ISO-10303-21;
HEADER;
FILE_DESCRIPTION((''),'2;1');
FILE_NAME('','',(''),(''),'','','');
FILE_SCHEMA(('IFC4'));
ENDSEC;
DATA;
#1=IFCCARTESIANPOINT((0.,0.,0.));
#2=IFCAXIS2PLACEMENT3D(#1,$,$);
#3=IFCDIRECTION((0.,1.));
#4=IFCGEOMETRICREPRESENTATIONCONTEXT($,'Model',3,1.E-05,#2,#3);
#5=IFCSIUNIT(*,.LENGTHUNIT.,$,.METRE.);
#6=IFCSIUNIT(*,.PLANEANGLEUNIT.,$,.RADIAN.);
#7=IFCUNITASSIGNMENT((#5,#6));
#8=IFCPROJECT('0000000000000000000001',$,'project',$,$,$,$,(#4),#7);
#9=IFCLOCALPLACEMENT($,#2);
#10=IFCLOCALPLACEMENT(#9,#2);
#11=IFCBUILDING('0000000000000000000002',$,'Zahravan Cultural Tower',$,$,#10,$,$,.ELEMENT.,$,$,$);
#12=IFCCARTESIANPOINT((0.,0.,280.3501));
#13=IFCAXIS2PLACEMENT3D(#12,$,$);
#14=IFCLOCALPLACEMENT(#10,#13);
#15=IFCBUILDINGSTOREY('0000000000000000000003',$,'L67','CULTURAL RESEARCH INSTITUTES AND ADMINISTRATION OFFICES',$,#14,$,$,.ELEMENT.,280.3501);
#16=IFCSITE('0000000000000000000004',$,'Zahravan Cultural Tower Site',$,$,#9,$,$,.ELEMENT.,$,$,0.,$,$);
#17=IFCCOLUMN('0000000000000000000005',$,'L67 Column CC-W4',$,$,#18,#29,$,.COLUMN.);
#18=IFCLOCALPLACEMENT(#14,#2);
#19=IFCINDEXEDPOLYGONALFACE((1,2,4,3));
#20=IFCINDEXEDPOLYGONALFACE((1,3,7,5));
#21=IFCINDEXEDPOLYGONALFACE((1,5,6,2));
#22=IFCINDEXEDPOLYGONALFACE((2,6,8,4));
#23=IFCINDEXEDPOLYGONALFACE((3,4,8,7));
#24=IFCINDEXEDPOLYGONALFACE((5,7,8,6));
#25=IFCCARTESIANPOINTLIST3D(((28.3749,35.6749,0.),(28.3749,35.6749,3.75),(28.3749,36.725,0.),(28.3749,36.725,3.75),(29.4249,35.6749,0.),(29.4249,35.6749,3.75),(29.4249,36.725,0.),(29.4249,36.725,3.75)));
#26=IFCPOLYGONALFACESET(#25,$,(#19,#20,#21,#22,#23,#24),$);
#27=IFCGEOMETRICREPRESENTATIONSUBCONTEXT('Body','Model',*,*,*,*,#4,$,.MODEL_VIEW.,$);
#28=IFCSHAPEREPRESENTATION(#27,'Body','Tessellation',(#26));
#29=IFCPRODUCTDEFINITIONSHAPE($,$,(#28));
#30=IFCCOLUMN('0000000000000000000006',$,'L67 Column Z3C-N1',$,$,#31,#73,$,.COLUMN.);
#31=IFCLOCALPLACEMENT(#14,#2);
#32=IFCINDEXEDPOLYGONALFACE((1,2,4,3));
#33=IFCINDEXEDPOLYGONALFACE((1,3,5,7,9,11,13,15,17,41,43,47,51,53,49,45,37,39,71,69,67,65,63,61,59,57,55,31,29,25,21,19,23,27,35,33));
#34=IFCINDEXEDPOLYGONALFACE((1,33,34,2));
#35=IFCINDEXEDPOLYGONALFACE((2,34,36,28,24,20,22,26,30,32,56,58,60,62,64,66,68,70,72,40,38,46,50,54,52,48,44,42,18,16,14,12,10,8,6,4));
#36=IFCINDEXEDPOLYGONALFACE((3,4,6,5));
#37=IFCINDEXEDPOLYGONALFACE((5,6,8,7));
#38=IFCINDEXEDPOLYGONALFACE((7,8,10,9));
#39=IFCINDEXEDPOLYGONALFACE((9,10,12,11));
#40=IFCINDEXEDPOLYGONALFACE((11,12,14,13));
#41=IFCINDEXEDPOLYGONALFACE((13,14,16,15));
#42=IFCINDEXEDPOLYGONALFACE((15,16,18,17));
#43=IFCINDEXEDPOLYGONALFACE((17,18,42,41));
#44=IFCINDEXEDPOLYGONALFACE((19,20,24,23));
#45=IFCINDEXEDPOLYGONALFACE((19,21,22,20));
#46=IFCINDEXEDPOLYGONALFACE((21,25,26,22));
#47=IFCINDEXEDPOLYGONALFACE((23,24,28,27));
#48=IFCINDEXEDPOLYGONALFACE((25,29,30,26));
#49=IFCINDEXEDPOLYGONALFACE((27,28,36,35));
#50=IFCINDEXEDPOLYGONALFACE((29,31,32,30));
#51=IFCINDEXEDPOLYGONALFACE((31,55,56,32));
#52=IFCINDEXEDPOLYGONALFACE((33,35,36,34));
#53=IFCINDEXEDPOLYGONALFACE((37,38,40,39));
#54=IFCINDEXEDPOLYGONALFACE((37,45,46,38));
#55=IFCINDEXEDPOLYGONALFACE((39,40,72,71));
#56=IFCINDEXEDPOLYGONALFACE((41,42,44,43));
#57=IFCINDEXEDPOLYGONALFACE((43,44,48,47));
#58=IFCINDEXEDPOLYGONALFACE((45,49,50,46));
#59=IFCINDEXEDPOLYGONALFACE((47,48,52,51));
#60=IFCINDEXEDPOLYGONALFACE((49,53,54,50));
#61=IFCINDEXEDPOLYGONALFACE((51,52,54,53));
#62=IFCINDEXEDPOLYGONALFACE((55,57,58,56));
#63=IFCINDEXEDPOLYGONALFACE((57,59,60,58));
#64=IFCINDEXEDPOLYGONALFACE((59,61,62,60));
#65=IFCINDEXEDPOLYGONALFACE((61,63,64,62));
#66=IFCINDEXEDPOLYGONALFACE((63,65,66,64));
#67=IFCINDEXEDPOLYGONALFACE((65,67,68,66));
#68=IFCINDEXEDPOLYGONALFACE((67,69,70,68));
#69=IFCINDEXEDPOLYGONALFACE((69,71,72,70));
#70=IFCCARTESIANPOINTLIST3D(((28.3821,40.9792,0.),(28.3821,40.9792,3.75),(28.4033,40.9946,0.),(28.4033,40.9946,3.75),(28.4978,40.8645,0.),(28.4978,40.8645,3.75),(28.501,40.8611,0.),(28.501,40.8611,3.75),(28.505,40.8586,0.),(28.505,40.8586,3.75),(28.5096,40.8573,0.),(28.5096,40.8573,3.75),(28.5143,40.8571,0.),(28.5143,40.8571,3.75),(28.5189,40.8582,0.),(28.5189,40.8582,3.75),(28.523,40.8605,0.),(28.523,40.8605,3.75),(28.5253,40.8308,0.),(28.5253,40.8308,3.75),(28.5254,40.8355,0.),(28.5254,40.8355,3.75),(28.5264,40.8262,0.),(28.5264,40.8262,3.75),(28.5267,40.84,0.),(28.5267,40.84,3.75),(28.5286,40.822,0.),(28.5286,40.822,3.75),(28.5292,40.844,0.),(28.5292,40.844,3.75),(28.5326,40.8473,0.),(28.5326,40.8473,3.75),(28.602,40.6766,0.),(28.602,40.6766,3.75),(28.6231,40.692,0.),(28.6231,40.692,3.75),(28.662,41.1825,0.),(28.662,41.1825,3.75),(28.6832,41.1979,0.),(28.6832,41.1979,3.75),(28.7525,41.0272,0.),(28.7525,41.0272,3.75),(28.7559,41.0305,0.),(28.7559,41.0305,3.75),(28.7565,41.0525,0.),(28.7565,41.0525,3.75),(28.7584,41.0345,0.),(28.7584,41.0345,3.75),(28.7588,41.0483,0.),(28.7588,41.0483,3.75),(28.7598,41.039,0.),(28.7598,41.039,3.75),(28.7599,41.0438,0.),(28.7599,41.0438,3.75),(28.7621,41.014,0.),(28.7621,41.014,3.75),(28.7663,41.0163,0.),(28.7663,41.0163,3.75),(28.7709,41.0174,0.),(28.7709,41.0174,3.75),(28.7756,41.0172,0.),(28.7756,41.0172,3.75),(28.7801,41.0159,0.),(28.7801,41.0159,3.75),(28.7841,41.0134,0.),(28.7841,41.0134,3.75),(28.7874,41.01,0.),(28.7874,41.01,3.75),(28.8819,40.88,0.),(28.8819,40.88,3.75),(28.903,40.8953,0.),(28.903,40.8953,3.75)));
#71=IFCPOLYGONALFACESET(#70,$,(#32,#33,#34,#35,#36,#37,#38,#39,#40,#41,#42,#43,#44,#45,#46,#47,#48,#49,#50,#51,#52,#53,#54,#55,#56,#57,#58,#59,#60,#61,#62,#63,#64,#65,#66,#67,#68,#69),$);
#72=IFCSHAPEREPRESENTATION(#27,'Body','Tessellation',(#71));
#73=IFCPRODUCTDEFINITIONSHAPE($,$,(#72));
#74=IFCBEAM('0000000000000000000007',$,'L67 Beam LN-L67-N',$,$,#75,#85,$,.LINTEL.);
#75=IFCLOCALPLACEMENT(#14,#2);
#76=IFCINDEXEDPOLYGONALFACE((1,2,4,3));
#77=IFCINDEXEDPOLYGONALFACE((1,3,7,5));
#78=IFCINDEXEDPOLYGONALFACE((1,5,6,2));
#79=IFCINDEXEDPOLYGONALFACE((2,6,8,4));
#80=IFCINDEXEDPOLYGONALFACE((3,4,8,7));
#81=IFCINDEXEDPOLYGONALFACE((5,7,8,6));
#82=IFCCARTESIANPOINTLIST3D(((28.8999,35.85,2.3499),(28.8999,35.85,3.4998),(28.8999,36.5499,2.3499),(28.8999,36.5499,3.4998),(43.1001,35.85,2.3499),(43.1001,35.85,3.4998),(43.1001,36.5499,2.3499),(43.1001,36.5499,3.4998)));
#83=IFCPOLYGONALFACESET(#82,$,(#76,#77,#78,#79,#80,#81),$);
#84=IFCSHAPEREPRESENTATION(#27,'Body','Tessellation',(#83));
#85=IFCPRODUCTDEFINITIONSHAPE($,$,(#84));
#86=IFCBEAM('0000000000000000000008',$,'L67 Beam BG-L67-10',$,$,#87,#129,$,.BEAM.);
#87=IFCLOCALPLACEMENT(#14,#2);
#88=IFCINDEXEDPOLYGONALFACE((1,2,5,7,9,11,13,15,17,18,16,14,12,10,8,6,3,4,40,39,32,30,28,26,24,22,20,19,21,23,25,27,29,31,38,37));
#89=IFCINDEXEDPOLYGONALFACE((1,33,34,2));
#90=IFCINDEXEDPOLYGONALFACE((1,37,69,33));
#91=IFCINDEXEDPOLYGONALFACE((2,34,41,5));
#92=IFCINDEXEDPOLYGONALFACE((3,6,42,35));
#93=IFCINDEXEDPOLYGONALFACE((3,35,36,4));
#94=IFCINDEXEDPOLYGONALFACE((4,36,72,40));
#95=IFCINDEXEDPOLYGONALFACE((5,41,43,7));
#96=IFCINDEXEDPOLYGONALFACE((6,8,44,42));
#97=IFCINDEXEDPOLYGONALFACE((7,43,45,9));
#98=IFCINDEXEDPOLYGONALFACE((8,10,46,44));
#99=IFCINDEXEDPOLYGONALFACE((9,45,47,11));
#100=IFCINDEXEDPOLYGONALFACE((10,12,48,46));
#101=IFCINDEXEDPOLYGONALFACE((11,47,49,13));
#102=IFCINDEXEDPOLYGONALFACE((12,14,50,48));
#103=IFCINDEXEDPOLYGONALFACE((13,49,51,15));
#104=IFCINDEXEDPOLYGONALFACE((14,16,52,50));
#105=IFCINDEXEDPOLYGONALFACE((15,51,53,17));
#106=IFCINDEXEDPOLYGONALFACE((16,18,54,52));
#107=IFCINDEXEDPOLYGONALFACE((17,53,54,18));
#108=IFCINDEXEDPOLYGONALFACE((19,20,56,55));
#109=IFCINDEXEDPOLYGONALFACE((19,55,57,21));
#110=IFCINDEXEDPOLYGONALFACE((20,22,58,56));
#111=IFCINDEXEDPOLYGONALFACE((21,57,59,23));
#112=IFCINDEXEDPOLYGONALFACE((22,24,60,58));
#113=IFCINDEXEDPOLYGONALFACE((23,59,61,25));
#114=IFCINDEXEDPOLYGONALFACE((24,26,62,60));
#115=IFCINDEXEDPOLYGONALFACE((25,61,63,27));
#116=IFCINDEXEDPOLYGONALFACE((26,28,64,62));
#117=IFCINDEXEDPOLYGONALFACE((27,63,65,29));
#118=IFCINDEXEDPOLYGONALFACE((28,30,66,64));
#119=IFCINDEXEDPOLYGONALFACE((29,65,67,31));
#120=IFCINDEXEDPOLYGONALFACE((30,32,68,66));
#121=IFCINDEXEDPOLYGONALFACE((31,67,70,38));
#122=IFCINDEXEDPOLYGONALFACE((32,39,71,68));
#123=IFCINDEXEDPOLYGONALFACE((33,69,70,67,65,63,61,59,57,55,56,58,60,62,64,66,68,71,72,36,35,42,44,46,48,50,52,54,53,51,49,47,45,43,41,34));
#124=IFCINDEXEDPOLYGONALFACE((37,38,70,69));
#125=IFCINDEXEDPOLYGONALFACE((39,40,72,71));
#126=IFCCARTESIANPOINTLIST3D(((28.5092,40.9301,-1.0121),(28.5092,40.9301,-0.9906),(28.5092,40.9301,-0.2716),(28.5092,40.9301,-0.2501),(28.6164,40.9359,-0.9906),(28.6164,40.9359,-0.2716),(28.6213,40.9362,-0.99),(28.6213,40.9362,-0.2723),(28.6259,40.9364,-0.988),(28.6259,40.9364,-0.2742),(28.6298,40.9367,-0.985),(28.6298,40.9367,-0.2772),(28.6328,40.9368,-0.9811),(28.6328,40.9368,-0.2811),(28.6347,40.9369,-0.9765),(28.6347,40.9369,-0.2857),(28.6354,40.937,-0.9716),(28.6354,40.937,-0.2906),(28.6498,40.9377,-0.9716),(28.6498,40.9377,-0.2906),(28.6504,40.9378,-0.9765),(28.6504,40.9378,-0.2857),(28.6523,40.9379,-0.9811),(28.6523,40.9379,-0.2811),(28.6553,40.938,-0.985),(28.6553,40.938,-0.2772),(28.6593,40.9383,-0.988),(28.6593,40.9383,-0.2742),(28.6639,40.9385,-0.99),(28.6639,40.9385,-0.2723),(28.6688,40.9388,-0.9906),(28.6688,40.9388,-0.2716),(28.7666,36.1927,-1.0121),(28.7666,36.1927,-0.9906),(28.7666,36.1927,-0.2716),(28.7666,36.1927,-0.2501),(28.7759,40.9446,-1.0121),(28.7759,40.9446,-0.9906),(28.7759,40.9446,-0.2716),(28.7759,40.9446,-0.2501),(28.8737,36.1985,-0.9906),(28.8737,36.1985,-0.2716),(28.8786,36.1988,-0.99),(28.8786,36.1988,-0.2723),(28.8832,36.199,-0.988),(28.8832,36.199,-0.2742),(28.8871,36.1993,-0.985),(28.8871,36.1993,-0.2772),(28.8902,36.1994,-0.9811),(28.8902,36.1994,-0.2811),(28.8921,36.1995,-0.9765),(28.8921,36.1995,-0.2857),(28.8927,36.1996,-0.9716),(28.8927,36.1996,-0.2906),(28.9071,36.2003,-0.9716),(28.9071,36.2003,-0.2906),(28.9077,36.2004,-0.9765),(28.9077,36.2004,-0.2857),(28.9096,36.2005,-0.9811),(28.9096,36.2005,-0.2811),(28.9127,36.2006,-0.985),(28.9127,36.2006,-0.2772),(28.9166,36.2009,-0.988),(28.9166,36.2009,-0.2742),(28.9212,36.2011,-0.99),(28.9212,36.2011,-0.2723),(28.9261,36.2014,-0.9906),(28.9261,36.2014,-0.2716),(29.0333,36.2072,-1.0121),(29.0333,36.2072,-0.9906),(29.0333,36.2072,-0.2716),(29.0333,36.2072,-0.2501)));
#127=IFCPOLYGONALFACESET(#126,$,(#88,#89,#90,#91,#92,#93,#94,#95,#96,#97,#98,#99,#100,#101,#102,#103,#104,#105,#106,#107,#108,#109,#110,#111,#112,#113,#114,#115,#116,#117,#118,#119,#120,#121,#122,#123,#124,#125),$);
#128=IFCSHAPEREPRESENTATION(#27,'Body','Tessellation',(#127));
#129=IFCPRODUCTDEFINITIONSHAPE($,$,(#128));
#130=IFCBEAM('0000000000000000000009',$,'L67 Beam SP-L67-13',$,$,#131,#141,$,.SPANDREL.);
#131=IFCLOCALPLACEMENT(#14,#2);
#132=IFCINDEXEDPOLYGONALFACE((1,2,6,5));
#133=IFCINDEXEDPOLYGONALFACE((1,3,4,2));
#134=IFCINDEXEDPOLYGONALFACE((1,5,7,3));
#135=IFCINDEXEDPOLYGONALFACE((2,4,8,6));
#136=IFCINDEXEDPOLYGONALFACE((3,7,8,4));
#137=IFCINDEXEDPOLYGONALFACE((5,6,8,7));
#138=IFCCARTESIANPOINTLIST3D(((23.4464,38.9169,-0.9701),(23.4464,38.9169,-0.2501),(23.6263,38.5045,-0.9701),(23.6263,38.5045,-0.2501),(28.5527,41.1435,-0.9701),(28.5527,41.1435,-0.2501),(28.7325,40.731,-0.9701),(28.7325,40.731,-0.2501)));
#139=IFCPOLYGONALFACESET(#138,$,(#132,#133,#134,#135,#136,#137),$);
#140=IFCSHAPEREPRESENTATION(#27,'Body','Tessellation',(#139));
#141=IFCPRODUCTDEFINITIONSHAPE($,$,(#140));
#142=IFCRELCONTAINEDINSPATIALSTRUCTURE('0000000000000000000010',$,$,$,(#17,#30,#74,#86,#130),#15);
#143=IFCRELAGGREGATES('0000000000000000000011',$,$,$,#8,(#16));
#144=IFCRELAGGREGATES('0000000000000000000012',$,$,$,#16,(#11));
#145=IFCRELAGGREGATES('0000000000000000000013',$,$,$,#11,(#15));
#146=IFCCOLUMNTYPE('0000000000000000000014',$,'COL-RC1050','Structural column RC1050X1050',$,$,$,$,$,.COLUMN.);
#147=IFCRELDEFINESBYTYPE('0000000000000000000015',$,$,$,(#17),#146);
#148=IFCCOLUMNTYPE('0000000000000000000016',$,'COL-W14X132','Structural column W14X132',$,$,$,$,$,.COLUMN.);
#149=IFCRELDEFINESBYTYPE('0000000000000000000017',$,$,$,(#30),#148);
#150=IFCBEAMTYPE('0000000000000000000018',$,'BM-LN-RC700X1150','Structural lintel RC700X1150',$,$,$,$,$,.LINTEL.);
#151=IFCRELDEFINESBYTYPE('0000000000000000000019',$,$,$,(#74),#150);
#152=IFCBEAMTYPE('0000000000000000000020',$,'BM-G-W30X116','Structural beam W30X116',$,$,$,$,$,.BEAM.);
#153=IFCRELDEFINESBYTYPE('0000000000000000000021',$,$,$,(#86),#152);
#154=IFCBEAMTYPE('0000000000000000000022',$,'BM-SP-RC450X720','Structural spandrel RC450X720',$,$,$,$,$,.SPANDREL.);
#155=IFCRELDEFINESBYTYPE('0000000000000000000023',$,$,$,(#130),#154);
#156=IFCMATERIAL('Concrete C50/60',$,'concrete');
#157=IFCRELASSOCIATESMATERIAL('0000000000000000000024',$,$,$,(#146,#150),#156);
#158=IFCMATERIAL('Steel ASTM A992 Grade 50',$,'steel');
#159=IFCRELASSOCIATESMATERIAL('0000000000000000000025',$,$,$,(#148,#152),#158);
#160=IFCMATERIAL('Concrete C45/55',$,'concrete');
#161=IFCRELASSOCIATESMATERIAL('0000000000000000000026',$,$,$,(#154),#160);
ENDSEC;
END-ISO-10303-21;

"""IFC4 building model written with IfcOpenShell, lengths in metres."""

from ifc_helpers import new_model, si_unit, direction, frame, origin, origin_2d, place, context, subcontext, project, spatial, rectangle, i_section, extrude, source, transform, mapped, material, material_profile, profile_set, type_object, element, save


model = new_model("IFC4")

# Units and contexts
model_context = context("Model", 3, precision=1e-05, world=origin(), true_north=direction((0.0, 1.0)))
body_context = subcontext(model_context, "Body", "Model", "MODEL_VIEW")
ifc_project = project(units=[si_unit("LENGTHUNIT", "METRE"), si_unit("PLANEANGLEUNIT", "RADIAN")], contexts=[model_context])

# Site, building, storey
site_placement = place(None, origin())
site = spatial("IfcSite", under=ifc_project, at=site_placement, Name="Zahravan Cultural Tower Site", CompositionType="ELEMENT", RefElevation=0.0)
building_placement = place(site_placement, origin())
building = spatial("IfcBuilding", under=site, at=building_placement, Name="Zahravan Cultural Tower", CompositionType="ELEMENT")
storey_placement = place(building_placement, frame((0.0, 0.0, 280.3501)))
storey = spatial("IfcBuildingStorey", under=building, at=storey_placement, Name="L67", Description="CULTURAL RESEARCH INSTITUTES AND ADMINISTRATION OFFICES", CompositionType="ELEMENT", Elevation=280.3501)

# Columns
ifc_material_1 = material(Name="Concrete C50/60", Category="concrete")
ifc_material_profile_1 = material_profile(ifc_material_1, rectangle(XDim=1.05, YDim=1.05, at=origin_2d()), Name="RC1050X1050")
ifc_profile_set_1 = profile_set([ifc_material_profile_1], Name="Concrete C50/60")
column_type_1 = type_object("IfcColumnType", Name="COL-RC1050", Description="Structural column RC1050X1050", PredefinedType="COLUMN", material=ifc_profile_set_1)
shared_shape_1 = source(origin(), body_context, "Body", "SweptSolid", [
    extrude(rectangle(XDim=1.05, YDim=1.05, at=origin_2d()), origin(), (0.0, 0.0, 1.0), 3.75),
])
column_1_placement = place(storey_placement, frame((28.8999, 36.2, 0.0), z_axis=(0.0, 0.0, 1.0), x_axis=(1.0, 0.0, 0.0)))
element("IfcColumn", 1, at=column_1_placement, inside=storey, type_object=column_type_1, Name="L67 Column CC-W4", PredefinedType="COLUMN", context=body_context, shape_type="MappedRepresentation", body=[
    mapped(shared_shape_1, transform((0.0, 0.0, 0.0), x_axis=(1.0, 0.0, 0.0), y_axis=(0.0, 1.0, 0.0), z_axis=(0.0, 0.0, 1.0), scale=1.0)),
])
ifc_material_2 = material(Name="Steel ASTM A992 Grade 50", Category="steel")
ifc_material_profile_2 = material_profile(ifc_material_2, i_section(OverallWidth=0.374, OverallDepth=0.3721, WebThickness=0.0164, FlangeThickness=0.0261, FilletRadius=0.0181, at=origin_2d()), Name="W14X132")
ifc_profile_set_2 = profile_set([ifc_material_profile_2], Name="Steel ASTM A992 Grade 50")
column_type_2 = type_object("IfcColumnType", Name="COL-W14X132", Description="Structural column W14X132", PredefinedType="COLUMN", material=ifc_profile_set_2)
shared_shape_2 = source(origin(), body_context, "Body", "SweptSolid", [
    extrude(i_section(OverallWidth=0.374, OverallDepth=0.3721, WebThickness=0.0164, FlangeThickness=0.0261, FilletRadius=0.0181, at=origin_2d()), origin(), (0.0, 0.0, 1.0), 3.75),
])
column_2_placement = place(storey_placement, frame((28.6426, 40.9373, 0.0), z_axis=(0.0, 0.0, 1.0), x_axis=(-0.587785, 0.809017, 0.0)))
element("IfcColumn", 2, at=column_2_placement, inside=storey, type_object=column_type_2, Name="L67 Column Z3C-N1", PredefinedType="COLUMN", context=body_context, shape_type="MappedRepresentation", body=[
    mapped(shared_shape_2, transform((0.0, 0.0, 0.0), x_axis=(1.0, 0.0, 0.0), y_axis=(0.0, 1.0, 0.0), z_axis=(0.0, 0.0, 1.0), scale=1.0)),
])

# Beams
ifc_material_profile_3 = material_profile(ifc_material_1, rectangle(XDim=0.7, YDim=1.1499, at=origin_2d()), Name="RC700X1150")
ifc_profile_set_3 = profile_set([ifc_material_profile_3], Name="Concrete C50/60")
beam_type_1 = type_object("IfcBeamType", Name="BM-LN-RC700X1150", Description="Structural lintel RC700X1150", PredefinedType="LINTEL", material=ifc_profile_set_3)
shared_shape_3 = source(origin(), body_context, "Body", "SweptSolid", [
    extrude(rectangle(XDim=0.7, YDim=1.1499, at=origin_2d()), origin(), (0.0, 0.0, 1.0), 14.2002),
])
beam_1_placement = place(storey_placement, frame((28.8999, 36.2, 2.9248), z_axis=(1.0, 0.0, 0.0), x_axis=(0.0, 1.0, 0.0)))
element("IfcBeam", 3, at=beam_1_placement, inside=storey, type_object=beam_type_1, Name="L67 Beam LN-L67-N", PredefinedType="LINTEL", context=body_context, shape_type="MappedRepresentation", body=[
    mapped(shared_shape_3, transform((0.0, 0.0, 0.0), x_axis=(1.0, 0.0, 0.0), y_axis=(0.0, 1.0, 0.0), z_axis=(0.0, 0.0, 1.0), scale=1.0)),
])
ifc_material_profile_4 = material_profile(ifc_material_2, i_section(OverallWidth=0.2671, OverallDepth=0.762, WebThickness=0.0144, FlangeThickness=0.0215, FilletRadius=0.019, at=origin_2d()), Name="W30X116")
ifc_profile_set_4 = profile_set([ifc_material_profile_4], Name="Steel ASTM A992 Grade 50")
beam_type_2 = type_object("IfcBeamType", Name="BM-G-W30X116", Description="Structural beam W30X116", PredefinedType="BEAM", material=ifc_profile_set_4)
shared_shape_4 = source(origin(), body_context, "Body", "SweptSolid", [
    extrude(i_section(OverallWidth=0.2671, OverallDepth=0.762, WebThickness=0.0144, FlangeThickness=0.0215, FilletRadius=0.019, at=origin_2d()), origin(), (0.0, 0.0, 1.0), 4.7444),
])
beam_2_placement = place(storey_placement, frame((28.8999, 36.2, -0.6311), z_axis=(-0.054239, 0.998528, 0.0), x_axis=(-0.998528, -0.054239, 0.0)))
element("IfcBeam", 4, at=beam_2_placement, inside=storey, type_object=beam_type_2, Name="L67 Beam BG-L67-10", PredefinedType="BEAM", context=body_context, shape_type="MappedRepresentation", body=[
    mapped(shared_shape_4, transform((0.0, 0.0, 0.0), x_axis=(1.0, 0.0, 0.0), y_axis=(0.0, 1.0, 0.0), z_axis=(0.0, 0.0, 1.0), scale=1.0)),
])
ifc_material_3 = material(Name="Concrete C45/55", Category="concrete")
ifc_material_profile_5 = material_profile(ifc_material_3, rectangle(XDim=0.45, YDim=0.72, at=origin_2d()), Name="RC450X720")
ifc_profile_set_5 = profile_set([ifc_material_profile_5], Name="Concrete C45/55")
beam_type_3 = type_object("IfcBeamType", Name="BM-SP-RC450X720", Description="Structural spandrel RC450X720", PredefinedType="SPANDREL", material=ifc_profile_set_5)
shared_shape_5 = source(origin(), body_context, "Body", "SweptSolid", [
    extrude(rectangle(XDim=0.45, YDim=0.72, at=origin_2d()), origin(), (0.0, 0.0, 1.0), 5.5706),
])
beam_3_placement = place(storey_placement, frame((28.6426, 40.9373, -0.6101), z_axis=(-0.916645, -0.399703, 0.0), x_axis=(0.399703, -0.916645, 0.0)))
element("IfcBeam", 5, at=beam_3_placement, inside=storey, type_object=beam_type_3, Name="L67 Beam SP-L67-13", PredefinedType="SPANDREL", context=body_context, shape_type="MappedRepresentation", body=[
    mapped(shared_shape_5, transform((0.0, 0.0, 0.0), x_axis=(1.0, 0.0, 0.0), y_axis=(0.0, 1.0, 0.0), z_axis=(0.0, 0.0, 1.0), scale=1.0)),
])

save(model, "model.ifc")
